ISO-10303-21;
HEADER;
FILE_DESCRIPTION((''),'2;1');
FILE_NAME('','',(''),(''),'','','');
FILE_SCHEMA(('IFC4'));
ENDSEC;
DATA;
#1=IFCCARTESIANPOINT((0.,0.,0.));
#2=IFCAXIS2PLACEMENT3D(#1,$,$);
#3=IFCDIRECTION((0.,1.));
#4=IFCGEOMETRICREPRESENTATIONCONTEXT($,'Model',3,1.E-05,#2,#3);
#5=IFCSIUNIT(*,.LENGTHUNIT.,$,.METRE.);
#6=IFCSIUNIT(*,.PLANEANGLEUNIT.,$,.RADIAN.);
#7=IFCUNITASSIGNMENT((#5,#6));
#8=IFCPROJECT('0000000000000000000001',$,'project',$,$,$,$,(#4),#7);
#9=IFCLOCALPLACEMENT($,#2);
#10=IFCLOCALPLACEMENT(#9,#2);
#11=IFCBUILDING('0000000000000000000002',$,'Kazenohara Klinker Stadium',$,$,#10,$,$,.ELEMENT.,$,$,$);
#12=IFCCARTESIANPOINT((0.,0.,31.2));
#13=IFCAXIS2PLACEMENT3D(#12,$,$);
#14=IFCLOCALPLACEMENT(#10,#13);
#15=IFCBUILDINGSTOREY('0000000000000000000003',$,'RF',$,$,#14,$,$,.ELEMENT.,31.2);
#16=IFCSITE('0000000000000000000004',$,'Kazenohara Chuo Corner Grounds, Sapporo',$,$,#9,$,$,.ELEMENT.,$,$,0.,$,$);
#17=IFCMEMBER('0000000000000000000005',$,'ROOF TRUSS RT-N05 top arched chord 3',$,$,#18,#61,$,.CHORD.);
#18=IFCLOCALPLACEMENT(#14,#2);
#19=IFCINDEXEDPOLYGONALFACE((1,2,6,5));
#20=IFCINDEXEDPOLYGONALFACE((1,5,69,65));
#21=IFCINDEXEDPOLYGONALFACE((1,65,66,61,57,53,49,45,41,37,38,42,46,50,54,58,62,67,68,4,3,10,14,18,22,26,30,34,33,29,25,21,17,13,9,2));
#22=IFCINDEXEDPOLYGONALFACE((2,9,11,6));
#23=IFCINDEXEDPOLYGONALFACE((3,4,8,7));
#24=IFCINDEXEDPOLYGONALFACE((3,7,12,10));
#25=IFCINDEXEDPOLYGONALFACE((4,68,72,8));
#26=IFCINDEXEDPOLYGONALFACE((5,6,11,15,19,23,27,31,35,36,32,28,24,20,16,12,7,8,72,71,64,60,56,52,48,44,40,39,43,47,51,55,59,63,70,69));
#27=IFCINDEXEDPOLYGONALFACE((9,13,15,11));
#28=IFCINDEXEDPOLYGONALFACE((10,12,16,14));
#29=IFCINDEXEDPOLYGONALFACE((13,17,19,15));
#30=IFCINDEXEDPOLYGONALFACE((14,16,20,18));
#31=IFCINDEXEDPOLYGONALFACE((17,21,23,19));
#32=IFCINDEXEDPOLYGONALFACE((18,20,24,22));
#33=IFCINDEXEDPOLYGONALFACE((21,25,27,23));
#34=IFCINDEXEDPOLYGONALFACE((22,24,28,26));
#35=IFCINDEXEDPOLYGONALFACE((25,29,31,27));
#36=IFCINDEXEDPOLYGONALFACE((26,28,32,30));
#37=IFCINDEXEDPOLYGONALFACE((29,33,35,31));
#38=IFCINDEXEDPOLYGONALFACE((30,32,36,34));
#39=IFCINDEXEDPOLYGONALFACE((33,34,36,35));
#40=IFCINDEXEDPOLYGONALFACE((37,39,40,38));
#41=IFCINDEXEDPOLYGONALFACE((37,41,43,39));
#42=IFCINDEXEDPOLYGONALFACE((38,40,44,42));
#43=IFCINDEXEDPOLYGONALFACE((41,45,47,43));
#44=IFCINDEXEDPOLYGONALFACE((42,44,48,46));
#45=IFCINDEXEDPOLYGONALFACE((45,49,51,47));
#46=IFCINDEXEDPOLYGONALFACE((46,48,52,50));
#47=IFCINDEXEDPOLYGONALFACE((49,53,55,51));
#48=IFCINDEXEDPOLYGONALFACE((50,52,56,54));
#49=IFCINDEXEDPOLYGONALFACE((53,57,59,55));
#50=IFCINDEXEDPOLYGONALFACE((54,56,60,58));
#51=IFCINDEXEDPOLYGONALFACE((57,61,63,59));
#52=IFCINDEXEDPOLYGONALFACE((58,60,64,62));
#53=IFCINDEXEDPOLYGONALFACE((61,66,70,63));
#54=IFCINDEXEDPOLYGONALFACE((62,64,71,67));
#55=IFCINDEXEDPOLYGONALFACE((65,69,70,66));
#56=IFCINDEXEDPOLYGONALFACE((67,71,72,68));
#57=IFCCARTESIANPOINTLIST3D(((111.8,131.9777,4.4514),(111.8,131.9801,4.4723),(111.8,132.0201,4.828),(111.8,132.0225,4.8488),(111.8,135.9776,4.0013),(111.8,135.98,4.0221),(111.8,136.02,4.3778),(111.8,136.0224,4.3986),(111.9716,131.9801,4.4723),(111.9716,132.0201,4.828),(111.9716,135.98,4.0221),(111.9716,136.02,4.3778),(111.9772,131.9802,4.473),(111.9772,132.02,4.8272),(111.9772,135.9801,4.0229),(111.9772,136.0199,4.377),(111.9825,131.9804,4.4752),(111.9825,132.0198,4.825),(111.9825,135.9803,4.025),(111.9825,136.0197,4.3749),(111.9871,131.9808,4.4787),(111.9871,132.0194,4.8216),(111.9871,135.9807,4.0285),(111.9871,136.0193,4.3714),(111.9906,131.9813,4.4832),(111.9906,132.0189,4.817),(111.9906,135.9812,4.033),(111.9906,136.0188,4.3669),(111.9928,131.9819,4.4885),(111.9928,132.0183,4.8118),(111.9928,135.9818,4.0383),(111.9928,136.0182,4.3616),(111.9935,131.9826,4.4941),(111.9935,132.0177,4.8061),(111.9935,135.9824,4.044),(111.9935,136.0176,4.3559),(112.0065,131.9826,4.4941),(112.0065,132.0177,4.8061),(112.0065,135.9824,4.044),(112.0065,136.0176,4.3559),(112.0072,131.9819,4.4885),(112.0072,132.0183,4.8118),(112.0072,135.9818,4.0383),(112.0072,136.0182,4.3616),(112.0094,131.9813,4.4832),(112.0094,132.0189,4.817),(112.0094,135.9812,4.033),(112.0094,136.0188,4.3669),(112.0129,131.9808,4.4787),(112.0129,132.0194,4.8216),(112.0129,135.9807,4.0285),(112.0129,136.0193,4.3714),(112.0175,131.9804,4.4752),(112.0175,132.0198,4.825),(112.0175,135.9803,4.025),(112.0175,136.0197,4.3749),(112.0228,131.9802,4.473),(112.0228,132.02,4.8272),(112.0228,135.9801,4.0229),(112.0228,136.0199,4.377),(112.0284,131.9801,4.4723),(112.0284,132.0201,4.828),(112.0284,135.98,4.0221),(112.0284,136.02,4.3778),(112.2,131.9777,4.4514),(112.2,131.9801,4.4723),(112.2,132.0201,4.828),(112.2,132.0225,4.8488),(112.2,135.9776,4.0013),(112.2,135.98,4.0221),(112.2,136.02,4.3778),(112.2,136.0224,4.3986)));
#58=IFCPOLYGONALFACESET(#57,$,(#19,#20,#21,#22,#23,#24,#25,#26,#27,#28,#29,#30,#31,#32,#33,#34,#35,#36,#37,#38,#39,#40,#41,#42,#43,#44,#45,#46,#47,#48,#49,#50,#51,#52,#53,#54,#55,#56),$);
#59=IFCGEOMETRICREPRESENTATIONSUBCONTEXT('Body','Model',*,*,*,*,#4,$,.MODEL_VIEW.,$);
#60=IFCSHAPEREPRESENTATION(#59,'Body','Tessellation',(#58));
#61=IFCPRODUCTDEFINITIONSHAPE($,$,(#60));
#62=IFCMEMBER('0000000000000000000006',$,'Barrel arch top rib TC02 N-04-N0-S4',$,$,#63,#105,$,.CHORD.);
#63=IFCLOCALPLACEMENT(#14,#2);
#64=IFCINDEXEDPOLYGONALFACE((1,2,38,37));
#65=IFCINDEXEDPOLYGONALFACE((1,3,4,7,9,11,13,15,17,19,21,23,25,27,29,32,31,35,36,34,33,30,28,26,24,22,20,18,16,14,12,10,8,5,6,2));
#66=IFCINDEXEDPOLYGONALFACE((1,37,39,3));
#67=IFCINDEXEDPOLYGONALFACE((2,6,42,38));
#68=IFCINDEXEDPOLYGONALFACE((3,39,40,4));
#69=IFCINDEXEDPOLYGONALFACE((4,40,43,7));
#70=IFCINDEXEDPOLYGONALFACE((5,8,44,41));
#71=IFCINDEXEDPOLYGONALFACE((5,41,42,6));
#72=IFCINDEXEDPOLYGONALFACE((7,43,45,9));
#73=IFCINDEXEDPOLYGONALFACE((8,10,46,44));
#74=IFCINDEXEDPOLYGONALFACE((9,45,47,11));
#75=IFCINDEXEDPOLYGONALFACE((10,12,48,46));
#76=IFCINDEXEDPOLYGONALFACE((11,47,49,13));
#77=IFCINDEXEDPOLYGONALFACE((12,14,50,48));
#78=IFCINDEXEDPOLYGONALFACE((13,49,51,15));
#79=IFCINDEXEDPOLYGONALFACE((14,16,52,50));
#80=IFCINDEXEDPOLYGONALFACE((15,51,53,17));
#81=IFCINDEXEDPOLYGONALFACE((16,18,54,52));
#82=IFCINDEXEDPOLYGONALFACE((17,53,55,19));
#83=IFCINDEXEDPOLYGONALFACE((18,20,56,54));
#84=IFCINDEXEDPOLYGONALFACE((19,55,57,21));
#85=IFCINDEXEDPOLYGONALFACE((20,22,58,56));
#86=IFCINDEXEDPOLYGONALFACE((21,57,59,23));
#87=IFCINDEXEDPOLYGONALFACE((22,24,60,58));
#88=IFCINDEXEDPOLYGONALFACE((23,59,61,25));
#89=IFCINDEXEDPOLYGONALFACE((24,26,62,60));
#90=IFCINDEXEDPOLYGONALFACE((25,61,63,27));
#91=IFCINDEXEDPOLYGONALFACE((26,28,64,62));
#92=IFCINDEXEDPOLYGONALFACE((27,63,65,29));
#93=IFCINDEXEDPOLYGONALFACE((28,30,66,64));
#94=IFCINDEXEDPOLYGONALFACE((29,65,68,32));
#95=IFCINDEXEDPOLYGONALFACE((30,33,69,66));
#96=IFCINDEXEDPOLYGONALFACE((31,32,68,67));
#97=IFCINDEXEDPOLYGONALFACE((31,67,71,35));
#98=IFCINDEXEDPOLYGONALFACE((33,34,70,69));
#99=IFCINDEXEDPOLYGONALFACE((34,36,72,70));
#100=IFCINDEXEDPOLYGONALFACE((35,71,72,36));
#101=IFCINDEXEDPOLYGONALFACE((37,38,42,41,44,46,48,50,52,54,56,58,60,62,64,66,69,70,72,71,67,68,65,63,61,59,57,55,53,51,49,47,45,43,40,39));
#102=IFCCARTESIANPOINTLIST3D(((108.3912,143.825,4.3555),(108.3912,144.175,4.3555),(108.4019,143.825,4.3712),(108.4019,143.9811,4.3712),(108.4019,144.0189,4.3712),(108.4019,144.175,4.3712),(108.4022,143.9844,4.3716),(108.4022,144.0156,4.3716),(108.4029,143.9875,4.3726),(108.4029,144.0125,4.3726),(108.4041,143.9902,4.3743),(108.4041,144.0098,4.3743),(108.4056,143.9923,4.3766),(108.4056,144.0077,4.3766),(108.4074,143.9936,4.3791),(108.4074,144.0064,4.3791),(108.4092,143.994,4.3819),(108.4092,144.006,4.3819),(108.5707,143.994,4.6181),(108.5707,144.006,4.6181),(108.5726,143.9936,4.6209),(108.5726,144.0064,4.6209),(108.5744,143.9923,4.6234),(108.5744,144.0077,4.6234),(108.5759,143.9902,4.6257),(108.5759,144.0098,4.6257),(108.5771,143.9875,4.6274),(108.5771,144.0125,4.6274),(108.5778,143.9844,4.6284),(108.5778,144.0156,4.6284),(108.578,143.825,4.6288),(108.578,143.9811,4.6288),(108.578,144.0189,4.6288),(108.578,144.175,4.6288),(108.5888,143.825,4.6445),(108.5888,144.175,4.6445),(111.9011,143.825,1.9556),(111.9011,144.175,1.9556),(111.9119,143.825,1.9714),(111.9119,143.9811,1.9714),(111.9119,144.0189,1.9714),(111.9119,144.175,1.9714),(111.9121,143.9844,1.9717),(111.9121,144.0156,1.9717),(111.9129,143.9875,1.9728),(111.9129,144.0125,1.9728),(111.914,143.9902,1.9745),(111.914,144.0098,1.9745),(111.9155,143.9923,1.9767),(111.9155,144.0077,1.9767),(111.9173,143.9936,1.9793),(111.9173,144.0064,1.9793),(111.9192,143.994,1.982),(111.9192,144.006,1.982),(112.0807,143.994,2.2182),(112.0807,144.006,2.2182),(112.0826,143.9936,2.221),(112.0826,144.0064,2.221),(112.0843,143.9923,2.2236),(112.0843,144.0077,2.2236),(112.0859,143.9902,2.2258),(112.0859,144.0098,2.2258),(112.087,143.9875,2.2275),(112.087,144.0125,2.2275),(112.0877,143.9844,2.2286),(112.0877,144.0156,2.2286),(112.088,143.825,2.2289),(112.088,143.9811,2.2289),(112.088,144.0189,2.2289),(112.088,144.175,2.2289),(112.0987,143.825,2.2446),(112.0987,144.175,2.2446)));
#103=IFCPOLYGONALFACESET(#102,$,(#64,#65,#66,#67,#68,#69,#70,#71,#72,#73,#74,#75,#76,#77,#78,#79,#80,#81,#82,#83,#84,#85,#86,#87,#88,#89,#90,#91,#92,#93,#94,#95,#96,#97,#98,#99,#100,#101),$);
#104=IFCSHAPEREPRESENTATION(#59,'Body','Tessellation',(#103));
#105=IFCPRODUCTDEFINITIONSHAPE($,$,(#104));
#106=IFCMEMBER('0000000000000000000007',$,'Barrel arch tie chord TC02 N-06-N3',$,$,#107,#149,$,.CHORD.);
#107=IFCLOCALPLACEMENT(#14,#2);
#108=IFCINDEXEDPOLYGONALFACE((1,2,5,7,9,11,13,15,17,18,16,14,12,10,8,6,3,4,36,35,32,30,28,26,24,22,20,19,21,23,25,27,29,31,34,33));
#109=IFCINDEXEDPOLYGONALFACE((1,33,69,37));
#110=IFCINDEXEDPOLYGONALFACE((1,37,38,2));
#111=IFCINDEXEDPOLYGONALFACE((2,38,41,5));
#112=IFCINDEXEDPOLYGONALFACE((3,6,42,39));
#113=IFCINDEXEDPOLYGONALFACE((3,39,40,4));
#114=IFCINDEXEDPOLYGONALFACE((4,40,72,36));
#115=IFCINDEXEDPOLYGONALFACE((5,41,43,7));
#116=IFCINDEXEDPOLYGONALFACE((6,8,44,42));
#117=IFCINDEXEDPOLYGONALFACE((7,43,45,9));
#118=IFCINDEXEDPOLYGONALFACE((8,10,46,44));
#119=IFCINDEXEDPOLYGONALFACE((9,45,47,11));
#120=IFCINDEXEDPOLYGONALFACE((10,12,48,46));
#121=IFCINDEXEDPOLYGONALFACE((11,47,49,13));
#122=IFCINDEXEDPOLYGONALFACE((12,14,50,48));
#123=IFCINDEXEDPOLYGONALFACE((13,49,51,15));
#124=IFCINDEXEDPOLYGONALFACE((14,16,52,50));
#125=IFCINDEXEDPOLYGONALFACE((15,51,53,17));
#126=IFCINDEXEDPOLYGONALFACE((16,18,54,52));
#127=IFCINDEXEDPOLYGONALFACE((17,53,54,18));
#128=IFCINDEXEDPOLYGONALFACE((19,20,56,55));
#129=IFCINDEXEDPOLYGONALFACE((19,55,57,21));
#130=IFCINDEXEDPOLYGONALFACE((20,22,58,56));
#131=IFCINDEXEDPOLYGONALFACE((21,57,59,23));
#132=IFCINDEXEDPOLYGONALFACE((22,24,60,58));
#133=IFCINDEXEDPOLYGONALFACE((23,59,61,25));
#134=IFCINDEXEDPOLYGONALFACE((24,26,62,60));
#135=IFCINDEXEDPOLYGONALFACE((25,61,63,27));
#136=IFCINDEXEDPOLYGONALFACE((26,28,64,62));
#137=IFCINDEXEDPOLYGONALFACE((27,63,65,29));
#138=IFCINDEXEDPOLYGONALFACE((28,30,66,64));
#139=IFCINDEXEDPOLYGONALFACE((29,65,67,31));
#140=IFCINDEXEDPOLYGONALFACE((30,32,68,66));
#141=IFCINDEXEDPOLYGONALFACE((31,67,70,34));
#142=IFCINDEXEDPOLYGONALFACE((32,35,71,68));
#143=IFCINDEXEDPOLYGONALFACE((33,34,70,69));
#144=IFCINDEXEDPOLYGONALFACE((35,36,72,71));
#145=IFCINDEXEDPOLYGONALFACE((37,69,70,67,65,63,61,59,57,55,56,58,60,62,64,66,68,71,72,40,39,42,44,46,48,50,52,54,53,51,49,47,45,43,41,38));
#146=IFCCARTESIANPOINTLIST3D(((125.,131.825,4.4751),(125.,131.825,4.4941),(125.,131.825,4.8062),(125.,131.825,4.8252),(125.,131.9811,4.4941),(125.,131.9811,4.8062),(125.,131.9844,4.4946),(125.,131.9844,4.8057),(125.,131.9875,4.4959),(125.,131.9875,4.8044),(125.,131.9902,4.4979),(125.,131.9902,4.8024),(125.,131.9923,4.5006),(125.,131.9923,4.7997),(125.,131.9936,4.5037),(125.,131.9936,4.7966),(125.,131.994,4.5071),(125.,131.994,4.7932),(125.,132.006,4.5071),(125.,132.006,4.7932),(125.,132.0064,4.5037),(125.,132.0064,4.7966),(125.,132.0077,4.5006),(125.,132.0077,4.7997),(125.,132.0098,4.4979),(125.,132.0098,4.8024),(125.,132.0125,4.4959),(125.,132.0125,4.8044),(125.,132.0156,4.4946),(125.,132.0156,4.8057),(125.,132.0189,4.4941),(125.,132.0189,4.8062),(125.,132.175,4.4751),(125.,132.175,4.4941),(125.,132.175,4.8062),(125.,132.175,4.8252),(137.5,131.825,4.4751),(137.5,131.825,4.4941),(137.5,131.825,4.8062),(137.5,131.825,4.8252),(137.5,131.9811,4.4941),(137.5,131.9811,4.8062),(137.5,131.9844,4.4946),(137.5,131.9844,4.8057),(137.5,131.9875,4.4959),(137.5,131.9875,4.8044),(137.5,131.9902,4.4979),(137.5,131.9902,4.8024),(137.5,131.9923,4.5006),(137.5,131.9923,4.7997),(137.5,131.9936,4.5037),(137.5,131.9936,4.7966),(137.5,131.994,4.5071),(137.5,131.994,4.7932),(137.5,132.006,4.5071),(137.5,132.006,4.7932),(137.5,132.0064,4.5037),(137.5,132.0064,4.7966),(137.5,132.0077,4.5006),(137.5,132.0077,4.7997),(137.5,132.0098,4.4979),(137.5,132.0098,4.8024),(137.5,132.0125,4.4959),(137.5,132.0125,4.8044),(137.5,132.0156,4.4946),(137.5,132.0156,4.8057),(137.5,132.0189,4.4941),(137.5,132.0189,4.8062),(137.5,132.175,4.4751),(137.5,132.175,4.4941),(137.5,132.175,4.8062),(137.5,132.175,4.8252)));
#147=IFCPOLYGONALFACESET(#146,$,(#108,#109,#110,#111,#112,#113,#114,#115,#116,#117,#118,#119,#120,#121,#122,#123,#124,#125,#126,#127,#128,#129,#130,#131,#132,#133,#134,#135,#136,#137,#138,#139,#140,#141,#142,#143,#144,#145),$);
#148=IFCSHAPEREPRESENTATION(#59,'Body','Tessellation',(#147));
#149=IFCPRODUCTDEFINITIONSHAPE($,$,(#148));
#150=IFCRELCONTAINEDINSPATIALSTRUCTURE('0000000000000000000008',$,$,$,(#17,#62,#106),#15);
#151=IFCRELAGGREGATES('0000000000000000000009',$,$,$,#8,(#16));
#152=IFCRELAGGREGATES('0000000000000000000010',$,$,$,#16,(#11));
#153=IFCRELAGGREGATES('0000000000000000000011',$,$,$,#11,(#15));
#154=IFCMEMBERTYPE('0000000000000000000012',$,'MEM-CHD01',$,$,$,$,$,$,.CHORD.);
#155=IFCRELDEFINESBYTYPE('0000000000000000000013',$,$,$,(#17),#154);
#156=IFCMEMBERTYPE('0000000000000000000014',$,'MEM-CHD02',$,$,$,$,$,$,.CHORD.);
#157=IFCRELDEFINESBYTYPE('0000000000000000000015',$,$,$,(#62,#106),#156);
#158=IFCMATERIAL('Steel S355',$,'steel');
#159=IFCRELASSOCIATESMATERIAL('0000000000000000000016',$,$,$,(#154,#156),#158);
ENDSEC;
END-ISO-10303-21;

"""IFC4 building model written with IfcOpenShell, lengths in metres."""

from ifc_helpers import new_model, si_unit, direction, frame, origin, origin_2d, place, context, subcontext, project, spatial, i_section, extrude, material, material_profile, profile_set, type_object, element, save


model = new_model("IFC4")

# Units and contexts
model_context = context("Model", 3, precision=1e-05, world=origin(), true_north=direction((0.0, 1.0)))
body_context = subcontext(model_context, "Body", "Model", "MODEL_VIEW")
ifc_project = project(units=[si_unit("LENGTHUNIT", "METRE"), si_unit("PLANEANGLEUNIT", "RADIAN")], contexts=[model_context])

# Site, building, storey
site_placement = place(None, origin())
site = spatial("IfcSite", under=ifc_project, at=site_placement, Name="Kazenohara Chuo Corner Grounds, Sapporo", CompositionType="ELEMENT", RefElevation=0.0)
building_placement = place(site_placement, origin())
building = spatial("IfcBuilding", under=site, at=building_placement, Name="Kazenohara Klinker Stadium", CompositionType="ELEMENT")
storey_placement = place(building_placement, frame((0.0, 0.0, 31.2)))
storey = spatial("IfcBuildingStorey", under=building, at=storey_placement, Name="RF", CompositionType="ELEMENT", Elevation=31.2)

# Members
ifc_material_1 = material(Name="Steel S355", Category="steel")
ifc_material_profile_1 = material_profile(ifc_material_1, i_section(OverallWidth=0.3999, OverallDepth=0.3999, WebThickness=0.0129, FlangeThickness=0.021, FilletRadius=0.022, at=origin_2d()), Name="H-400x400x13x21")
ifc_profile_set_1 = profile_set([ifc_material_profile_1], Name="Steel S355")
member_type_1 = type_object("IfcMemberType", Name="MEM-CHD01", PredefinedType="CHORD", material=ifc_profile_set_1)
member_1_placement = place(storey_placement, frame((112.0, 136.0, 4.2), z_axis=(0.0, -0.993726, 0.111843), x_axis=(1.0, 0.0, 0.0)))
element("IfcMember", 1, at=member_1_placement, inside=storey, type_object=member_type_1, Name="ROOF TRUSS RT-N05 top arched chord 3", PredefinedType="CHORD", context=body_context, shape_type="SweptSolid", body=[
    extrude(i_section(OverallWidth=0.3999, OverallDepth=0.3999, WebThickness=0.0129, FlangeThickness=0.021, FilletRadius=0.022, at=origin_2d()), origin(), (0.0, 0.0, 1.0), 4.0251),
])
ifc_material_profile_2 = material_profile(ifc_material_1, i_section(OverallWidth=0.3501, OverallDepth=0.3501, WebThickness=0.012, FlangeThickness=0.019, FilletRadius=0.0129, at=origin_2d()), Name="H-350x350x12x19")
ifc_profile_set_2 = profile_set([ifc_material_profile_2], Name="Steel S355")
member_type_2 = type_object("IfcMemberType", Name="MEM-CHD02", PredefinedType="CHORD", material=ifc_profile_set_2)
member_2_placement = place(storey_placement, frame((108.49, 144.0, 4.5), z_axis=(0.825492, 0.0, -0.564414), x_axis=(0.0, 1.0, 0.0)))
element("IfcMember", 2, at=member_2_placement, inside=storey, type_object=member_type_2, Name="Barrel arch top rib TC02 N-04-N0-S4", PredefinedType="CHORD", context=body_context, shape_type="SweptSolid", body=[
    extrude(i_section(OverallWidth=0.3501, OverallDepth=0.3501, WebThickness=0.012, FlangeThickness=0.019, FilletRadius=0.0129, at=origin_2d()), origin(), (0.0, 0.0, 1.0), 4.252),
])
member_3_placement = place(storey_placement, frame((125.0, 132.0, 4.6501), z_axis=(1.0, 0.0, 0.0), x_axis=(0.0, 1.0, 0.0)))
element("IfcMember", 3, at=member_3_placement, inside=storey, type_object=member_type_2, Name="Barrel arch tie chord TC02 N-06-N3", PredefinedType="CHORD", context=body_context, shape_type="SweptSolid", body=[
    extrude(i_section(OverallWidth=0.3501, OverallDepth=0.3501, WebThickness=0.012, FlangeThickness=0.019, FilletRadius=0.0129, at=origin_2d()), origin(), (0.0, 0.0, 1.0), 12.5),
])

save(model, "model.ifc")
